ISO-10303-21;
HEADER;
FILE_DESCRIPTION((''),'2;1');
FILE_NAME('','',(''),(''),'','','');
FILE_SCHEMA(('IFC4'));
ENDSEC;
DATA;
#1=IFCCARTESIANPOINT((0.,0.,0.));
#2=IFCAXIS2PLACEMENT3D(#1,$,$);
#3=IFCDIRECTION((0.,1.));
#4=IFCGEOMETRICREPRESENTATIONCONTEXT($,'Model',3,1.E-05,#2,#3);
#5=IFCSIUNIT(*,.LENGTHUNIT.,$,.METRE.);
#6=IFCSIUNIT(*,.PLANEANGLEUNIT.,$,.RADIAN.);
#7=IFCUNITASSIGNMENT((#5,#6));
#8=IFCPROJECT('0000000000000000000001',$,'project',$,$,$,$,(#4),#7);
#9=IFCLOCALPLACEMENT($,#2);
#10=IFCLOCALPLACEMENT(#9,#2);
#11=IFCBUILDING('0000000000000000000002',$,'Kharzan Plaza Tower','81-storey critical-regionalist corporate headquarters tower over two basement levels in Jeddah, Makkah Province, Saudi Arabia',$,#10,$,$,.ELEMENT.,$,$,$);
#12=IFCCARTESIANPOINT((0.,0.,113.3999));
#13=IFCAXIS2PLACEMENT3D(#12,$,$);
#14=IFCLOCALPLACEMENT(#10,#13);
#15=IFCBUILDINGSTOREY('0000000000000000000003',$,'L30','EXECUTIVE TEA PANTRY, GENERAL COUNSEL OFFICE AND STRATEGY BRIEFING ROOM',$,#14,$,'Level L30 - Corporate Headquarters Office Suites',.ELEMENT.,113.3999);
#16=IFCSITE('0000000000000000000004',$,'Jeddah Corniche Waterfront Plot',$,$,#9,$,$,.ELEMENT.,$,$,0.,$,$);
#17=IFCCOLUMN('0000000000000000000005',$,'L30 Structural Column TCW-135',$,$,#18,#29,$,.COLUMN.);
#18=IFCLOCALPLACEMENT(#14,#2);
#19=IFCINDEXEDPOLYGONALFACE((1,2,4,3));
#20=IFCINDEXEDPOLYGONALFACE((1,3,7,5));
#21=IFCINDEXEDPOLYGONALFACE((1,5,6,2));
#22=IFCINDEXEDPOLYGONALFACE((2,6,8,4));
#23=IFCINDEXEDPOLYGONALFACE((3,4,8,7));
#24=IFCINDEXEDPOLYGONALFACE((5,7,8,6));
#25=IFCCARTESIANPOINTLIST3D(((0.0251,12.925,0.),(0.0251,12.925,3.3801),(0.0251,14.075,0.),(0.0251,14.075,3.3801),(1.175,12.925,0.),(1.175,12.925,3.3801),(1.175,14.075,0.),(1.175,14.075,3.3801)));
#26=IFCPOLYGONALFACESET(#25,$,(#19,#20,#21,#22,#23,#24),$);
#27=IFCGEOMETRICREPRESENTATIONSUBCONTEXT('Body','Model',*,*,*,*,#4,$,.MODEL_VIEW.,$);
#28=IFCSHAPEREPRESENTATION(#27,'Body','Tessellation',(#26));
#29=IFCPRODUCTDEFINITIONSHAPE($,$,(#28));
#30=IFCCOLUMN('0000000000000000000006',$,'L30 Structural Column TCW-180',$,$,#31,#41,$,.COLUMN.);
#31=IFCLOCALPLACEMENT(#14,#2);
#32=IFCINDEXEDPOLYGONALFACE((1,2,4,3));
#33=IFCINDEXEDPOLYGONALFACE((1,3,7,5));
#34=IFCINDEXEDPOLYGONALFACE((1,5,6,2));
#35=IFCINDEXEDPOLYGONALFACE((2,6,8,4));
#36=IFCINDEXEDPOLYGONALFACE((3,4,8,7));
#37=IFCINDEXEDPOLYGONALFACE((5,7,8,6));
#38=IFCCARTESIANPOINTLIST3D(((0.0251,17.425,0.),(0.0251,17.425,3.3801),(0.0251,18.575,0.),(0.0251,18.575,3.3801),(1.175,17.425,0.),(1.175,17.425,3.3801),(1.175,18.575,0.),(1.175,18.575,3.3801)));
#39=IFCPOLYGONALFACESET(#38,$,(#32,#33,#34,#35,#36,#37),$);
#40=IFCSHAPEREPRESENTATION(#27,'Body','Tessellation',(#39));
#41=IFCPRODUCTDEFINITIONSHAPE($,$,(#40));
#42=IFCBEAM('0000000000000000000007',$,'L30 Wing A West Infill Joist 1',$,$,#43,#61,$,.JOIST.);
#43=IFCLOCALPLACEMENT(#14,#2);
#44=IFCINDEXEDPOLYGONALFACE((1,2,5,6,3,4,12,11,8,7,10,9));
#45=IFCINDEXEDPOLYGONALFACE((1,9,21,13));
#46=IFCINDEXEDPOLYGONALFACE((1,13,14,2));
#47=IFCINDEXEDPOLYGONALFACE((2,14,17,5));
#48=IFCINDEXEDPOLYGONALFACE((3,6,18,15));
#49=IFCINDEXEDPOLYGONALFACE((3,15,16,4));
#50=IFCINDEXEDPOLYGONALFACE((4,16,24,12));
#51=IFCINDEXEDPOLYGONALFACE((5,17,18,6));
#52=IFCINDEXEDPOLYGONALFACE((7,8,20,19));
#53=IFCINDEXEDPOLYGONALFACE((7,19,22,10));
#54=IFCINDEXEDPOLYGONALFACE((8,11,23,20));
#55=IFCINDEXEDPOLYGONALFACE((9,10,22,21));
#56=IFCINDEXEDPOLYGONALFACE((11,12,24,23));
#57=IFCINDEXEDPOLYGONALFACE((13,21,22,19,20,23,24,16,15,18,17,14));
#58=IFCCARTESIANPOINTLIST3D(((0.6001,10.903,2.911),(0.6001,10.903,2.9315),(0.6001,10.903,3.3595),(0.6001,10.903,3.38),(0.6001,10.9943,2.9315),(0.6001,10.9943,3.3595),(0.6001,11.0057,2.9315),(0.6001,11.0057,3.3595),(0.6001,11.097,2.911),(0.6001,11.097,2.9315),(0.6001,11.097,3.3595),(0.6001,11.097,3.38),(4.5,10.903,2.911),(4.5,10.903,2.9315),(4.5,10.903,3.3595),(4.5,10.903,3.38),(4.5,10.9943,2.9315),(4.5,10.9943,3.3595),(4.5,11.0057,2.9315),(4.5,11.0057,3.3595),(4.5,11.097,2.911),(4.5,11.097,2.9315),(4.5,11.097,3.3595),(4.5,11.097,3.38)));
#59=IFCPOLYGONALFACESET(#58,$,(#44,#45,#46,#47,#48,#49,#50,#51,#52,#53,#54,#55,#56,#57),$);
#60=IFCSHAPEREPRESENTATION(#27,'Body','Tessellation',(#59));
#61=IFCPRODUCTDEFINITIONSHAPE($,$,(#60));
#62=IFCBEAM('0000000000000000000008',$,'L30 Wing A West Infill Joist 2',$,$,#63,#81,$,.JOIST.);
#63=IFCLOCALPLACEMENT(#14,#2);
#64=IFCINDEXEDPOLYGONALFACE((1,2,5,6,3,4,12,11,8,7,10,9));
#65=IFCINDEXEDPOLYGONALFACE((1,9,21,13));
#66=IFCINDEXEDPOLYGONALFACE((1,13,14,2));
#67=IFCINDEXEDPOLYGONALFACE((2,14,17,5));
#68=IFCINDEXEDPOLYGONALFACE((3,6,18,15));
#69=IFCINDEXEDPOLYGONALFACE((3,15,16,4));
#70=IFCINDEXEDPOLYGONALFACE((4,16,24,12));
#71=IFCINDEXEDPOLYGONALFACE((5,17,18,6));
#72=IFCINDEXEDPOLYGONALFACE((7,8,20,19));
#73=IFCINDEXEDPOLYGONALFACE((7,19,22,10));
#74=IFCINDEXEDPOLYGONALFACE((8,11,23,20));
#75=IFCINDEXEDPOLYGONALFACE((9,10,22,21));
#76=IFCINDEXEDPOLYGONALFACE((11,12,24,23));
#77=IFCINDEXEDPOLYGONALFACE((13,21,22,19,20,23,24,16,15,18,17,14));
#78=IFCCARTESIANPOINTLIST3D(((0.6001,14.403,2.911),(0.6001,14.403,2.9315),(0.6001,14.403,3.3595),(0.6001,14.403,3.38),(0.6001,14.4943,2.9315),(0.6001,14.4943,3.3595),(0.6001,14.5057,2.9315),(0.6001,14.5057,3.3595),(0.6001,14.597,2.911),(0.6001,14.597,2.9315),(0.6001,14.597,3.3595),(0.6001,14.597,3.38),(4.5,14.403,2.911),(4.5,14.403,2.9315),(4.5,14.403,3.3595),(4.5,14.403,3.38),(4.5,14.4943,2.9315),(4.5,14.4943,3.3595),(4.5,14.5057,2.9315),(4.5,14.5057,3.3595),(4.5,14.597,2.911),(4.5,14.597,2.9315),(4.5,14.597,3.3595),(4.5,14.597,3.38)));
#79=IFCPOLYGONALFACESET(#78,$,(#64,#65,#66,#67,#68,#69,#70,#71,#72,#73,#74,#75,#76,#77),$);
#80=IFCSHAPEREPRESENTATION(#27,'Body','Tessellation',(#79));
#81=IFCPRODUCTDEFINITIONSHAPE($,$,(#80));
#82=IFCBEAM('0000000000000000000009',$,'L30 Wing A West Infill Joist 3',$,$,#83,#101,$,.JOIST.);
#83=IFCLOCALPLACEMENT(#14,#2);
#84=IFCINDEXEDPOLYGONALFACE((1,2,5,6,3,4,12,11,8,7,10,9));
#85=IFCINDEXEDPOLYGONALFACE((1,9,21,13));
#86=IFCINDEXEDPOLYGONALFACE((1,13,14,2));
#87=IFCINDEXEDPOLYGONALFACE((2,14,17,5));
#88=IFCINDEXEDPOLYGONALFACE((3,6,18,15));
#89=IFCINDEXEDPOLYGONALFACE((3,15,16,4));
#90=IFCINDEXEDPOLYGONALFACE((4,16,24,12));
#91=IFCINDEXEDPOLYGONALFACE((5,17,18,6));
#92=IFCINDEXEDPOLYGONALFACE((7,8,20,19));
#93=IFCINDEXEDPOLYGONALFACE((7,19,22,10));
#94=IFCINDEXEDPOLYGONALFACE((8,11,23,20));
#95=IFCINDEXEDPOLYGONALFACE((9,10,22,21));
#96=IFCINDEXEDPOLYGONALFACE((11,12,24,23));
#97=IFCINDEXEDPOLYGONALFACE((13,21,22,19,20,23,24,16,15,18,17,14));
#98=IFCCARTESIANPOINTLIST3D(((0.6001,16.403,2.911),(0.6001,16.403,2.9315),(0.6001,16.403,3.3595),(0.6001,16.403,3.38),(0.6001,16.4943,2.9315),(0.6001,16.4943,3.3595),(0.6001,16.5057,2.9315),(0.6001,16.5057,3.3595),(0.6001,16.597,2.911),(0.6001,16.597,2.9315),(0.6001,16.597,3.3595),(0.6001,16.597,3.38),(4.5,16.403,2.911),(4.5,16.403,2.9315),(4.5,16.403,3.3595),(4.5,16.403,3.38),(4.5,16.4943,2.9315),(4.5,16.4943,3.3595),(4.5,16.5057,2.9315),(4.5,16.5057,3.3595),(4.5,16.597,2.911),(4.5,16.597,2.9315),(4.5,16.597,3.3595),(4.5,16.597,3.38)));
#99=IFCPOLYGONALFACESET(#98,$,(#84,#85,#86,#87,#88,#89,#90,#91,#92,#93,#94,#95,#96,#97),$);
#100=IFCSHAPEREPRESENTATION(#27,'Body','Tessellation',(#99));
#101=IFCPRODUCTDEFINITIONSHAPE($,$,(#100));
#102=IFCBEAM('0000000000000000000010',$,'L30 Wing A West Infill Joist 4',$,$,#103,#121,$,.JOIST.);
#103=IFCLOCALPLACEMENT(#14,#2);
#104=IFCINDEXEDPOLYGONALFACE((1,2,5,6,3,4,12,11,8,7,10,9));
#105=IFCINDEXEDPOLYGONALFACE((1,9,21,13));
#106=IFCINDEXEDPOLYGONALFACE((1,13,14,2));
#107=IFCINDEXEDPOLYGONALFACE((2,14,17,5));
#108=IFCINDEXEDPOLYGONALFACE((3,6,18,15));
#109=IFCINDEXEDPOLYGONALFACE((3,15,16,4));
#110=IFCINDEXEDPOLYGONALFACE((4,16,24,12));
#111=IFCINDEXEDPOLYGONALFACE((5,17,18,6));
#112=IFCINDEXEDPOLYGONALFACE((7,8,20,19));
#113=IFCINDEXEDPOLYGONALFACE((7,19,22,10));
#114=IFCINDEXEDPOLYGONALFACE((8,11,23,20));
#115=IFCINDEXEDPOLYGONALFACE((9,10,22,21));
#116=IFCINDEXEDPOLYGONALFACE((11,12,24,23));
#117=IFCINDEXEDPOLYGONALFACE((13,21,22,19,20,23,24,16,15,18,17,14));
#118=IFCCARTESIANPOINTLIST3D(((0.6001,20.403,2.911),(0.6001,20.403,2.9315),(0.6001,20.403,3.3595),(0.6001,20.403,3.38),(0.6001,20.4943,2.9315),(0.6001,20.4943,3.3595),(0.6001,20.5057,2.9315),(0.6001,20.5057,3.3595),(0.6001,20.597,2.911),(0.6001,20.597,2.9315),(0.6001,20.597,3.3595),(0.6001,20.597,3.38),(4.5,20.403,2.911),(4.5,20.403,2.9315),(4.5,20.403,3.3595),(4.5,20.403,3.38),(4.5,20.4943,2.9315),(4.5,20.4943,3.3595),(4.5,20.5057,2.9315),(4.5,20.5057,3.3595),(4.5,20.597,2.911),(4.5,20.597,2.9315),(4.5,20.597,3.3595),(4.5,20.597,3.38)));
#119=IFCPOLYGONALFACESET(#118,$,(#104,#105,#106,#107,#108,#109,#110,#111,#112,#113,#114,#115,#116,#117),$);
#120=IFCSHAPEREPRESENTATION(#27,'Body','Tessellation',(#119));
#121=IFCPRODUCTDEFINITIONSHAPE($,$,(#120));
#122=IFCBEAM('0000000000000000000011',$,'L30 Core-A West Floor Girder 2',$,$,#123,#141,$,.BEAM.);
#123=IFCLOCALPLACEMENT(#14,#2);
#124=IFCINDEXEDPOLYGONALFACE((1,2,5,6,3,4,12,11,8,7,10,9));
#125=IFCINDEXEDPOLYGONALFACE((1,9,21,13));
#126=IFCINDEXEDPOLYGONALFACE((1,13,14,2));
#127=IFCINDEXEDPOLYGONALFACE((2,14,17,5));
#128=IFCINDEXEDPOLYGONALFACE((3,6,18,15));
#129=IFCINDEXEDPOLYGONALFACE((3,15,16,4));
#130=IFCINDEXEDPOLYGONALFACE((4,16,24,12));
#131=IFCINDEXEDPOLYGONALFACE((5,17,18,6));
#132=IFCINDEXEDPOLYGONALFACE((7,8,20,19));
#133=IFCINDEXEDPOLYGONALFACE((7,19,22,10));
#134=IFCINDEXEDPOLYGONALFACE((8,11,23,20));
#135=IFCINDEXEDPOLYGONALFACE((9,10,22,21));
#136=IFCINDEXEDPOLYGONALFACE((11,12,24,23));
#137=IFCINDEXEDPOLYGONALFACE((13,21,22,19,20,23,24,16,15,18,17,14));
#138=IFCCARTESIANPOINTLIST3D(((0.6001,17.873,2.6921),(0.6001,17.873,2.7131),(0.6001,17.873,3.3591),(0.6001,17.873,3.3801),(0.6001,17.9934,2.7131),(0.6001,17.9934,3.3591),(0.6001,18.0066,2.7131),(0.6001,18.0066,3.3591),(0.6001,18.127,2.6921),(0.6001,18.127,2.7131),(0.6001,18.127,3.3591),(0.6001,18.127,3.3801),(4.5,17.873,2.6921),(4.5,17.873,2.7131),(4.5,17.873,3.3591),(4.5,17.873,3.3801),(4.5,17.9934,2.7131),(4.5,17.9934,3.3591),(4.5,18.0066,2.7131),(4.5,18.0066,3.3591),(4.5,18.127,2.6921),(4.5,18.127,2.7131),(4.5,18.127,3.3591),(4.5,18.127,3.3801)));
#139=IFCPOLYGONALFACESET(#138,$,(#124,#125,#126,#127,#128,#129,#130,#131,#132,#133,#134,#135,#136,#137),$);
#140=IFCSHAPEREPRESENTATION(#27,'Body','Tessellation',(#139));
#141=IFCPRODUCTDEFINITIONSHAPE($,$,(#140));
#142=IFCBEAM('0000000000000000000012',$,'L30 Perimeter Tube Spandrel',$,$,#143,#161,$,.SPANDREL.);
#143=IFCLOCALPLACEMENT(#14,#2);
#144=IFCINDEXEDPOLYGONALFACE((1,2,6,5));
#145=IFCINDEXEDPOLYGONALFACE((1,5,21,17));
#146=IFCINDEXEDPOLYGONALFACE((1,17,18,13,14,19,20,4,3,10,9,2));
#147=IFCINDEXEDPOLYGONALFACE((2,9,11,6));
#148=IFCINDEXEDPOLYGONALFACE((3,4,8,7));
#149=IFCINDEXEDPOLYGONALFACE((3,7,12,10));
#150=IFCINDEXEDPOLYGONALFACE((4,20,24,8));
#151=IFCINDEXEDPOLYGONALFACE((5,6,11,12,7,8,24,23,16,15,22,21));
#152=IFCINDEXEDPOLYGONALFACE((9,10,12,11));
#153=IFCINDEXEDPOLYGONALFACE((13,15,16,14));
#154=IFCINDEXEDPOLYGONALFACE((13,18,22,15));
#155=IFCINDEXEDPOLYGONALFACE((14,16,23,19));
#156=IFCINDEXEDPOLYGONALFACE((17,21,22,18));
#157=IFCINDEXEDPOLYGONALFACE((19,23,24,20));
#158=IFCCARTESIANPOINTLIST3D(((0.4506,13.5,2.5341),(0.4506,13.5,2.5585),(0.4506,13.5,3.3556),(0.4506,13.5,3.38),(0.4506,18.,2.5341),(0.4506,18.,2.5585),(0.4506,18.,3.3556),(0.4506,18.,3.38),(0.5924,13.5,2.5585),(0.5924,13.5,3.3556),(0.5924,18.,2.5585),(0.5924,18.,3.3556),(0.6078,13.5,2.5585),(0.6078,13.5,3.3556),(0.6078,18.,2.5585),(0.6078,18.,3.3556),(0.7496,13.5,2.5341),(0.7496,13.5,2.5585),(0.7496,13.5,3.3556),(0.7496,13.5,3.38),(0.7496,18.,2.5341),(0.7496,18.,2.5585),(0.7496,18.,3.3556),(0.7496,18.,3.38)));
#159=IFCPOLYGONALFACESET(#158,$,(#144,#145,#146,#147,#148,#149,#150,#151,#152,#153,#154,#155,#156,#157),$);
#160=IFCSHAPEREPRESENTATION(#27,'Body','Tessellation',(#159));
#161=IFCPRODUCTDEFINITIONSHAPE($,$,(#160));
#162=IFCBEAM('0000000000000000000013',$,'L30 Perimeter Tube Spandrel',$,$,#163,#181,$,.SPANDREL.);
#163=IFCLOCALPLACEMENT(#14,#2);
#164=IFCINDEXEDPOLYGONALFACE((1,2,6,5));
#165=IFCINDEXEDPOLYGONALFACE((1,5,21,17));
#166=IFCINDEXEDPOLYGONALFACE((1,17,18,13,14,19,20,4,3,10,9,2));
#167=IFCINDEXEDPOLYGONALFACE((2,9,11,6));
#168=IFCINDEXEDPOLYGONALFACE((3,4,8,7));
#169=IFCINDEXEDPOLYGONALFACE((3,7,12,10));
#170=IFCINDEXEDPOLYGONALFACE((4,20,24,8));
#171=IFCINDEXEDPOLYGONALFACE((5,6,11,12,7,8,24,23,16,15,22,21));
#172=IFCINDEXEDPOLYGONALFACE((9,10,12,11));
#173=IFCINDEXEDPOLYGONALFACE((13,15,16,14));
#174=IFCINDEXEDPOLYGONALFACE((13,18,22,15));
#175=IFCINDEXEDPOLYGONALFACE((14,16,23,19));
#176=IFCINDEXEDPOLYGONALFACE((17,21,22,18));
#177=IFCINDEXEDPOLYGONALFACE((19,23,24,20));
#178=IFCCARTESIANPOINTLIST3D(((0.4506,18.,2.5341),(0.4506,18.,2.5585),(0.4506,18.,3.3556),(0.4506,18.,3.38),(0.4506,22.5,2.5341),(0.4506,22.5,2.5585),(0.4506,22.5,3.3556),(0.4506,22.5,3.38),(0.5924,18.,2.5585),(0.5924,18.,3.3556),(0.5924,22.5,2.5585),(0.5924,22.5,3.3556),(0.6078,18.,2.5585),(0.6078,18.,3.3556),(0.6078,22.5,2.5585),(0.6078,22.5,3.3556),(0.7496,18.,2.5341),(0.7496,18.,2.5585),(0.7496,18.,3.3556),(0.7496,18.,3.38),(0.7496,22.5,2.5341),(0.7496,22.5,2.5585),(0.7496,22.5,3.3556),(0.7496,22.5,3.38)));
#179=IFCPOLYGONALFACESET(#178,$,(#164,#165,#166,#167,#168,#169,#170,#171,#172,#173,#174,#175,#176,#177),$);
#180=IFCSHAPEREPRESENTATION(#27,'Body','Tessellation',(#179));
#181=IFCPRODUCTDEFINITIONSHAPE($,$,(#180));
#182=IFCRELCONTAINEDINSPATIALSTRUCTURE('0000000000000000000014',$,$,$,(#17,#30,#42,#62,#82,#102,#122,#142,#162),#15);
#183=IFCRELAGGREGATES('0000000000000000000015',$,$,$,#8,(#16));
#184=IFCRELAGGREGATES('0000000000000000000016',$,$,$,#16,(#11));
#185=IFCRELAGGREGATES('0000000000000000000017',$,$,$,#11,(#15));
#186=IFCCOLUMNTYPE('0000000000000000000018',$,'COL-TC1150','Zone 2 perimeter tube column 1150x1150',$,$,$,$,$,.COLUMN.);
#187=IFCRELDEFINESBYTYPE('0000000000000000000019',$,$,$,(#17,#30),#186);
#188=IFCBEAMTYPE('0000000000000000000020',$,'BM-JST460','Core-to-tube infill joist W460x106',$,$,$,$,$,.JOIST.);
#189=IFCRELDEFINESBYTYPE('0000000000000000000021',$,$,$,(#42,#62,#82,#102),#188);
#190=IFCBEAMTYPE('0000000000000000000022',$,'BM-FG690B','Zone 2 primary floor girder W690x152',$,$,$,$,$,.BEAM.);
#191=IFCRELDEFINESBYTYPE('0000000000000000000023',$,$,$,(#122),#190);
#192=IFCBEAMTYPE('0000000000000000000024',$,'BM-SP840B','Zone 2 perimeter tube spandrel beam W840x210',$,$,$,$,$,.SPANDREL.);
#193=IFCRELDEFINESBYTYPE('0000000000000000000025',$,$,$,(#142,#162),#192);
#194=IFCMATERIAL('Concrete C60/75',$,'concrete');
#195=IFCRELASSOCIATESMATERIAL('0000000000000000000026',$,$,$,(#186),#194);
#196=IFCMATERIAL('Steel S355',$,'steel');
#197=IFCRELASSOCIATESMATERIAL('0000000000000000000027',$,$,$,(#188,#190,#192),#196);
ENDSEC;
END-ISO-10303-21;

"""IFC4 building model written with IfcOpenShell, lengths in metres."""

from ifc_helpers import new_model, si_unit, direction, frame, origin, origin_2d, place, context, subcontext, project, spatial, rectangle, i_section, extrude, source, transform, mapped, material, material_profile, profile_set, type_object, element, save


model = new_model("IFC4")

# Units and contexts
model_context = context("Model", 3, precision=1e-05, world=origin(), true_north=direction((0.0, 1.0)))
body_context = subcontext(model_context, "Body", "Model", "MODEL_VIEW")
ifc_project = project(units=[si_unit("LENGTHUNIT", "METRE"), si_unit("PLANEANGLEUNIT", "RADIAN")], contexts=[model_context])

# Site, building, storey
site_placement = place(None, origin())
site = spatial("IfcSite", under=ifc_project, at=site_placement, Name="Jeddah Corniche Waterfront Plot", CompositionType="ELEMENT", RefElevation=0.0)
building_placement = place(site_placement, origin())
building = spatial("IfcBuilding", under=site, at=building_placement, Name="Kharzan Plaza Tower", Description="81-storey critical-regionalist corporate headquarters tower over two basement levels in Jeddah, Makkah Province, Saudi Arabia", CompositionType="ELEMENT")
storey_placement = place(building_placement, frame((0.0, 0.0, 113.3999)))
storey = spatial("IfcBuildingStorey", under=building, at=storey_placement, Name="L30", Description="EXECUTIVE TEA PANTRY, GENERAL COUNSEL OFFICE AND STRATEGY BRIEFING ROOM", LongName="Level L30 - Corporate Headquarters Office Suites", CompositionType="ELEMENT", Elevation=113.3999)

# Columns
ifc_material_1 = material(Name="Concrete C60/75", Category="concrete")
ifc_material_profile_1 = material_profile(ifc_material_1, rectangle(XDim=1.1499, YDim=1.1499, at=origin_2d()), Name="RC-TC1150x1150")
ifc_profile_set_1 = profile_set([ifc_material_profile_1], Name="Concrete C60/75")
column_type = type_object("IfcColumnType", Name="COL-TC1150", Description="Zone 2 perimeter tube column 1150x1150", PredefinedType="COLUMN", material=ifc_profile_set_1)
shared_shape_1 = source(origin(), body_context, "Body", "SweptSolid", [
    extrude(rectangle(XDim=1.1499, YDim=1.1499, at=origin_2d()), origin(), (0.0, 0.0, 1.0), 3.3801),
])
for number, where, z_axis, x_axis, name in (
    (1, (0.6001, 13.5, 0.0), (0.0, 0.0, 1.0), (1.0, 0.0, 0.0), "L30 Structural Column TCW-135"),
    (2, (0.6001, 18.0, 0.0), (0.0, 0.0, 1.0), (1.0, 0.0, 0.0), "L30 Structural Column TCW-180"),
):
    element("IfcColumn", number, at=place(storey_placement, frame(where, z_axis=z_axis, x_axis=x_axis)), inside=storey, type_object=column_type, Name=name, PredefinedType="COLUMN", context=body_context, shape_type="MappedRepresentation", body=[
        mapped(shared_shape_1, transform((0.0, 0.0, 0.0), x_axis=(1.0, 0.0, 0.0), y_axis=(0.0, 1.0, 0.0), z_axis=(0.0, 0.0, 1.0))),
    ])

# Beams
ifc_material_2 = material(Name="Steel S355", Category="steel")
ifc_material_profile_2 = material_profile(ifc_material_2, i_section(OverallWidth=0.1941, OverallDepth=0.469, WebThickness=0.0115, FlangeThickness=0.0205, at=origin_2d()), Name="W460x106")
ifc_profile_set_2 = profile_set([ifc_material_profile_2], Name="Steel S355")
beam_type_1 = type_object("IfcBeamType", Name="BM-JST460", Description="Core-to-tube infill joist W460x106", PredefinedType="JOIST", material=ifc_profile_set_2)
shared_shape_2 = source(origin(), body_context, "Body", "SweptSolid", [
    extrude(i_section(OverallWidth=0.1941, OverallDepth=0.469, WebThickness=0.0115, FlangeThickness=0.0205, at=origin_2d()), origin(), (0.0, 0.0, 1.0), 3.8999),
])
for number, where, z_axis, x_axis, name in (
    (3, (0.6001, 11.0, 3.1455), (1.0, 0.0, 0.0), (0.0, 1.0, 0.0), "L30 Wing A West Infill Joist 1"),
    (4, (0.6001, 14.5, 3.1455), (1.0, 0.0, 0.0), (0.0, 1.0, 0.0), "L30 Wing A West Infill Joist 2"),
    (5, (0.6001, 16.5, 3.1455), (1.0, 0.0, 0.0), (0.0, 1.0, 0.0), "L30 Wing A West Infill Joist 3"),
    (6, (0.6001, 20.5, 3.1455), (1.0, 0.0, 0.0), (0.0, 1.0, 0.0), "L30 Wing A West Infill Joist 4"),
):
    element("IfcBeam", number, at=place(storey_placement, frame(where, z_axis=z_axis, x_axis=x_axis)), inside=storey, type_object=beam_type_1, Name=name, PredefinedType="JOIST", context=body_context, shape_type="MappedRepresentation", body=[
        mapped(shared_shape_2, transform((0.0, 0.0, 0.0), x_axis=(1.0, 0.0, 0.0), y_axis=(0.0, 1.0, 0.0), z_axis=(0.0, 0.0, 1.0))),
    ])
ifc_material_profile_3 = material_profile(ifc_material_2, i_section(OverallWidth=0.2539, OverallDepth=0.688, WebThickness=0.0132, FlangeThickness=0.021, at=origin_2d()), Name="W690x152")
ifc_profile_set_3 = profile_set([ifc_material_profile_3], Name="Steel S355")
beam_type_2 = type_object("IfcBeamType", Name="BM-FG690B", Description="Zone 2 primary floor girder W690x152", PredefinedType="BEAM", material=ifc_profile_set_3)
shared_shape_3 = source(origin(), body_context, "Body", "SweptSolid", [
    extrude(i_section(OverallWidth=0.2539, OverallDepth=0.688, WebThickness=0.0132, FlangeThickness=0.021, at=origin_2d()), origin(), (0.0, 0.0, 1.0), 3.8999),
])
beam_placement = place(storey_placement, frame((0.6001, 18.0, 3.0361), z_axis=(1.0, 0.0, 0.0), x_axis=(0.0, 1.0, 0.0)))
element("IfcBeam", 7, at=beam_placement, inside=storey, type_object=beam_type_2, Name="L30 Core-A West Floor Girder 2", PredefinedType="BEAM", context=body_context, shape_type="MappedRepresentation", body=[
    mapped(shared_shape_3, transform((0.0, 0.0, 0.0), x_axis=(1.0, 0.0, 0.0), y_axis=(0.0, 1.0, 0.0), z_axis=(0.0, 0.0, 1.0))),
])
ifc_material_profile_4 = material_profile(ifc_material_2, i_section(OverallWidth=0.2991, OverallDepth=0.8459, WebThickness=0.0154, FlangeThickness=0.0244, at=origin_2d()), Name="W840x210")
ifc_profile_set_4 = profile_set([ifc_material_profile_4], Name="Steel S355")
beam_type_3 = type_object("IfcBeamType", Name="BM-SP840B", Description="Zone 2 perimeter tube spandrel beam W840x210", PredefinedType="SPANDREL", material=ifc_profile_set_4)
shared_shape_4 = source(origin(), body_context, "Body", "SweptSolid", [
    extrude(i_section(OverallWidth=0.2991, OverallDepth=0.8459, WebThickness=0.0154, FlangeThickness=0.0244, at=origin_2d()), origin(), (0.0, 0.0, 1.0), 4.5),
])
for number, where, z_axis, x_axis, name in (
    (8, (0.6001, 13.5, 2.957), (0.0, 1.0, 0.0), (-1.0, 0.0, 0.0), "L30 Perimeter Tube Spandrel"),
    (9, (0.6001, 18.0, 2.957), (0.0, 1.0, 0.0), (-1.0, 0.0, 0.0), "L30 Perimeter Tube Spandrel"),
):
    element("IfcBeam", number, at=place(storey_placement, frame(where, z_axis=z_axis, x_axis=x_axis)), inside=storey, type_object=beam_type_3, Name=name, PredefinedType="SPANDREL", context=body_context, shape_type="MappedRepresentation", body=[
        mapped(shared_shape_4, transform((0.0, 0.0, 0.0), x_axis=(1.0, 0.0, 0.0), y_axis=(0.0, 1.0, 0.0), z_axis=(0.0, 0.0, 1.0))),
    ])

save(model, "model.ifc")
